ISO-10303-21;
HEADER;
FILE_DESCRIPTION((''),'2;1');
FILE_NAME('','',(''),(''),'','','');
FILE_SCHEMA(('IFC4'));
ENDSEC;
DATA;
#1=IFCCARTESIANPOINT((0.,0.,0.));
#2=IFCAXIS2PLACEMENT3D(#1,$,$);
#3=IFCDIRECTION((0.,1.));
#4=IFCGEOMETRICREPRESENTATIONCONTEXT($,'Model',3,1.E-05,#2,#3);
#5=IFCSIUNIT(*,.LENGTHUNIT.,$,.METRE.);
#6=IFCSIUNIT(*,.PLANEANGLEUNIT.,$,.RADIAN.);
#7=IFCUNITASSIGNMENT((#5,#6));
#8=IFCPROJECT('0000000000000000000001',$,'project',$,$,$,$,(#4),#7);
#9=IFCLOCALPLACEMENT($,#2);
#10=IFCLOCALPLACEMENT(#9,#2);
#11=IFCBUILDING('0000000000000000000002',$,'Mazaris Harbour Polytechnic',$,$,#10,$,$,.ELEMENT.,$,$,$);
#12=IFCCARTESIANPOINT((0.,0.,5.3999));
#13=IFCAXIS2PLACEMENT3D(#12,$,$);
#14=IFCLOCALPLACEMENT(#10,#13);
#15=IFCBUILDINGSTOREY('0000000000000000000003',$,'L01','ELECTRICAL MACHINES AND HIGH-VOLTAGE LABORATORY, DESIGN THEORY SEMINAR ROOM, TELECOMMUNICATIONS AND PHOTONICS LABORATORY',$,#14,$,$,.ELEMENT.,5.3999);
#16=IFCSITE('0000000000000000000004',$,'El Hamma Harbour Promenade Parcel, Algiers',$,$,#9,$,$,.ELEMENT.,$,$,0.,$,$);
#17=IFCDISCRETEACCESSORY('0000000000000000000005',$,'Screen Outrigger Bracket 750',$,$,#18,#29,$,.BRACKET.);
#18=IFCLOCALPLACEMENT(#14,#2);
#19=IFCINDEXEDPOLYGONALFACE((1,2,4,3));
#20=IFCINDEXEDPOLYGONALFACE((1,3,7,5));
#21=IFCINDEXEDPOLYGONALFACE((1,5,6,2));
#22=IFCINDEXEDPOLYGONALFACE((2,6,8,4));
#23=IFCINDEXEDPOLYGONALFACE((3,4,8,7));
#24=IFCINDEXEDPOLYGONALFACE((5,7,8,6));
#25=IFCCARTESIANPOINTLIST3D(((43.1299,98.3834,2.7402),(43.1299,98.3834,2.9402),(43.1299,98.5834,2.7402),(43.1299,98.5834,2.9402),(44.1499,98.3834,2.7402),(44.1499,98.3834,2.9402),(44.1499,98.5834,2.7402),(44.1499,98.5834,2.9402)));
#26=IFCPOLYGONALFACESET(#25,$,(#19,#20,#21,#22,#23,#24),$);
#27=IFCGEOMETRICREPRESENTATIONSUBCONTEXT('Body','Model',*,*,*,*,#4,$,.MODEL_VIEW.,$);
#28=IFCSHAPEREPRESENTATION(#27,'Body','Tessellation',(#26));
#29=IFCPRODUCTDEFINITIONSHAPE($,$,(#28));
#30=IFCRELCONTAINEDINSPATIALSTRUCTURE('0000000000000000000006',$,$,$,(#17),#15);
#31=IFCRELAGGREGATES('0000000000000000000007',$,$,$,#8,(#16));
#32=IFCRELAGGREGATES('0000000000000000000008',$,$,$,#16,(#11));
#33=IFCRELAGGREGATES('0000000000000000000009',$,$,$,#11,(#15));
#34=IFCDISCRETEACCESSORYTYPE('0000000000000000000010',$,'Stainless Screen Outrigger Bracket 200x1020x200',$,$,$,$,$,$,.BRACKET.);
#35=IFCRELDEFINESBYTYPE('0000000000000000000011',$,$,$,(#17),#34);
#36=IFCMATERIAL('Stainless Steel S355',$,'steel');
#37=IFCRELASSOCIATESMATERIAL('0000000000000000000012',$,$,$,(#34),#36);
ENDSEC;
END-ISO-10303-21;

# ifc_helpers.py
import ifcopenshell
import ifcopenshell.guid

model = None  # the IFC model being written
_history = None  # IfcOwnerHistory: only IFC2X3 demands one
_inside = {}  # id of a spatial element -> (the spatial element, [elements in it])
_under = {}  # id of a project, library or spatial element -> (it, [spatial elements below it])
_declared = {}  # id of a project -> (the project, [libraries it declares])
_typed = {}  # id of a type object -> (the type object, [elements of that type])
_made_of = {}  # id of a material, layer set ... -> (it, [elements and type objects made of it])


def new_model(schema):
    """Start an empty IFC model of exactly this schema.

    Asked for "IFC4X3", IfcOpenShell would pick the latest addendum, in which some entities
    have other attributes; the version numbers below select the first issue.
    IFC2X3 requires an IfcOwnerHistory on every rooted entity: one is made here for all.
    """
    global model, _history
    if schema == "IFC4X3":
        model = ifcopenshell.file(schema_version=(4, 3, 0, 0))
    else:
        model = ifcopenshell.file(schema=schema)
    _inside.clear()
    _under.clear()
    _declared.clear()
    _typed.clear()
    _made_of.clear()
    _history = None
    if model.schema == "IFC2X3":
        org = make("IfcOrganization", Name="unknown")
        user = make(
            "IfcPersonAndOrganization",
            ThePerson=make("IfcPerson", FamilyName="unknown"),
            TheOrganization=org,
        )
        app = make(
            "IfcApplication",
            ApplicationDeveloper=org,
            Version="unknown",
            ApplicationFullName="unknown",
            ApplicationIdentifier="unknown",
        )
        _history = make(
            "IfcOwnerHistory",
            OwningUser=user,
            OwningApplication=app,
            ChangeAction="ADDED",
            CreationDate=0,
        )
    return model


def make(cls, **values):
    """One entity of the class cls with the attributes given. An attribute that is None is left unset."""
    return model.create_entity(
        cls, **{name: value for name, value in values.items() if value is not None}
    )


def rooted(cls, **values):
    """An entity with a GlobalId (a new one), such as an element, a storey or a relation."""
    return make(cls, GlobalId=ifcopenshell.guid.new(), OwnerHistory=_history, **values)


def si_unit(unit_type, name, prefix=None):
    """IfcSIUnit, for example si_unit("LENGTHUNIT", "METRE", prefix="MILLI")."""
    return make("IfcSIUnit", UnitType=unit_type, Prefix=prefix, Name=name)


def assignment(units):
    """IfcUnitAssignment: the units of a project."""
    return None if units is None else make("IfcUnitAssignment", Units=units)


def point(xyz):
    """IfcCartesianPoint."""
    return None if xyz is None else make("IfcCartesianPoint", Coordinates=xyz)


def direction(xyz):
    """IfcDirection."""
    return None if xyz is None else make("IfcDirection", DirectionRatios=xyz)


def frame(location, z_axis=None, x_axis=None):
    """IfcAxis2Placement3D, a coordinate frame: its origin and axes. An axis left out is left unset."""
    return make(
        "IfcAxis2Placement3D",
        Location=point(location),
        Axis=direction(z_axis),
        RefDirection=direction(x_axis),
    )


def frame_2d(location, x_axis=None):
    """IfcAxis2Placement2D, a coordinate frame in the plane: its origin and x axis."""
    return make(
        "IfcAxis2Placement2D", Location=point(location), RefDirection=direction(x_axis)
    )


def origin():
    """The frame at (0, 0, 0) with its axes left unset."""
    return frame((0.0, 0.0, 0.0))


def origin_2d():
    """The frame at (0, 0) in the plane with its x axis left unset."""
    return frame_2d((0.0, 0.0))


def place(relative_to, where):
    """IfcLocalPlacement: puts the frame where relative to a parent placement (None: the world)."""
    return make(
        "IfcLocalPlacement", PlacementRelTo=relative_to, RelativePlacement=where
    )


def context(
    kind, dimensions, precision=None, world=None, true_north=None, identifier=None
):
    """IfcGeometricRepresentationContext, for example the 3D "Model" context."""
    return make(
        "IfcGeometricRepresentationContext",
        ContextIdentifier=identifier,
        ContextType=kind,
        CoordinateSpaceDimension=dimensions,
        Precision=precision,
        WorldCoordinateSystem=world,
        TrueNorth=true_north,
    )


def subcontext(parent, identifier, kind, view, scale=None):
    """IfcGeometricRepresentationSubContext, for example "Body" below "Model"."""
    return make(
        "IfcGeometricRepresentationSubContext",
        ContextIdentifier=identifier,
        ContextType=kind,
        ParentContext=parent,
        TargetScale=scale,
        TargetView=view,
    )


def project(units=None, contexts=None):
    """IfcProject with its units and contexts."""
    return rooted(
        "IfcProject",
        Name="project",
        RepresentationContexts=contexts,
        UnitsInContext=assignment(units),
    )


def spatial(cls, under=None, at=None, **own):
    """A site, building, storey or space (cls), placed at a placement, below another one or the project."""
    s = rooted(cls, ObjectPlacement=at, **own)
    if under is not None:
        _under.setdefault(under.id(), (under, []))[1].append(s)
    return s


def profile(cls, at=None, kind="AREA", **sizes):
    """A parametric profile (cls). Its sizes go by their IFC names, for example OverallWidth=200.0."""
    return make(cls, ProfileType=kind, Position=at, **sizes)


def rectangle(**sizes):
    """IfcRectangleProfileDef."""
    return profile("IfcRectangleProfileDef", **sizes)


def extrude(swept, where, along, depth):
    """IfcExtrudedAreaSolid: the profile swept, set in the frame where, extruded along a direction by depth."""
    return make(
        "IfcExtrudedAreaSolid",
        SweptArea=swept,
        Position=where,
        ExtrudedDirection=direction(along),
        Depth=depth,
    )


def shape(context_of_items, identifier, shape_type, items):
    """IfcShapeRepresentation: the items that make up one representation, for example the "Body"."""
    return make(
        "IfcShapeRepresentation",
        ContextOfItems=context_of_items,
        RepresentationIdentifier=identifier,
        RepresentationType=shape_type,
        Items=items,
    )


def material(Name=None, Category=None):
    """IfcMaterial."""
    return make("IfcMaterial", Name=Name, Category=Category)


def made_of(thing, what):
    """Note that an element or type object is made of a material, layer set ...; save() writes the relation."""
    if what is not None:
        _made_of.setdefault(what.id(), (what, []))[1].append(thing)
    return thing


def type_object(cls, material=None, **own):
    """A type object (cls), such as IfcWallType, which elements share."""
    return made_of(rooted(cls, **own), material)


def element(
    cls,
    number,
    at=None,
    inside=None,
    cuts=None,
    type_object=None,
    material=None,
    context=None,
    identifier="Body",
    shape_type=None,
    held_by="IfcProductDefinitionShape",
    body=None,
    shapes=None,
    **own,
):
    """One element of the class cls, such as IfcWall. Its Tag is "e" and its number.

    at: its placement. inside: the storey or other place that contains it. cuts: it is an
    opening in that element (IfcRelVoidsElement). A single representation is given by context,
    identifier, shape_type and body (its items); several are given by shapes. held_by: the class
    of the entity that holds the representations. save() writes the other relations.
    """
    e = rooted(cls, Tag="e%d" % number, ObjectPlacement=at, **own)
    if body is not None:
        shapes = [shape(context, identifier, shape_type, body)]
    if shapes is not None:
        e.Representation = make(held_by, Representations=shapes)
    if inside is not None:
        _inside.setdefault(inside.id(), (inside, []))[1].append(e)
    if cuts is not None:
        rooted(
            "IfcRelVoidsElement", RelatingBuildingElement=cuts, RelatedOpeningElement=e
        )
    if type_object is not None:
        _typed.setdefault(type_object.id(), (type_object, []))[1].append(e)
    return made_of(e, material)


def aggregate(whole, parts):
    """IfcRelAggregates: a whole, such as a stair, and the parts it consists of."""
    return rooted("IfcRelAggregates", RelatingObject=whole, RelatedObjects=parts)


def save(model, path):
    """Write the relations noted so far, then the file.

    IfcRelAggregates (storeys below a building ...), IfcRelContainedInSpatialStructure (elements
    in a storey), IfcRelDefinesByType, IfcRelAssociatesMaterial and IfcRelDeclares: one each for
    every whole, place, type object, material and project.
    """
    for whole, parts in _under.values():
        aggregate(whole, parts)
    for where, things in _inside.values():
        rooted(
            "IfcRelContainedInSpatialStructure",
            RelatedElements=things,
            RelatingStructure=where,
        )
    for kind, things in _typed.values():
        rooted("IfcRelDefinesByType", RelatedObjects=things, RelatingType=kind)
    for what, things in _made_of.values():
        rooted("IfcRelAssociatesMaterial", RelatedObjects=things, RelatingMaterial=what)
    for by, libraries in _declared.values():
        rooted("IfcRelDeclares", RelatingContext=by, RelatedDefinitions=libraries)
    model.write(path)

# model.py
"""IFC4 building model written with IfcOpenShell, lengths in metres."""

from ifc_helpers import new_model, si_unit, direction, frame, origin, origin_2d, place, context, subcontext, project, spatial, rectangle, extrude, material, type_object, element, save


model = new_model("IFC4")

# Units and contexts
model_context = context("Model", 3, precision=1e-05, world=origin(), true_north=direction((0.0, 1.0)))
body_context = subcontext(model_context, "Body", "Model", "MODEL_VIEW")
ifc_project = project(units=[si_unit("LENGTHUNIT", "METRE"), si_unit("PLANEANGLEUNIT", "RADIAN")], contexts=[model_context])

# Site, building, storey
site_placement = place(None, origin())
site = spatial("IfcSite", under=ifc_project, at=site_placement, Name="El Hamma Harbour Promenade Parcel, Algiers", CompositionType="ELEMENT", RefElevation=0.0)
building_placement = place(site_placement, origin())
building = spatial("IfcBuilding", under=site, at=building_placement, Name="Mazaris Harbour Polytechnic", CompositionType="ELEMENT")
storey_placement = place(building_placement, frame((0.0, 0.0, 5.3999)))
storey = spatial("IfcBuildingStorey", under=building, at=storey_placement, Name="L01", Description="ELECTRICAL MACHINES AND HIGH-VOLTAGE LABORATORY, DESIGN THEORY SEMINAR ROOM, TELECOMMUNICATIONS AND PHOTONICS LABORATORY", CompositionType="ELEMENT", Elevation=5.3999)

# Discrete accessory
ifc_material_1 = material(Name="Stainless Steel S355", Category="steel")
discrete_accessory_type = type_object("IfcDiscreteAccessoryType", Name="Stainless Screen Outrigger Bracket 200x1020x200", PredefinedType="BRACKET", material=ifc_material_1)
for number, where, z_axis, x_axis, name in (
    (1, (43.6399, 98.4834, 2.7402), (0.0, 0.0, 1.0), (0.0, -1.0, 0.0), "Screen Outrigger Bracket 750"),
):
    element("IfcDiscreteAccessory", number, at=place(storey_placement, frame(where, z_axis=z_axis, x_axis=x_axis)), inside=storey, type_object=discrete_accessory_type, Name=name, PredefinedType="BRACKET", context=body_context, shape_type="SweptSolid", body=[
        extrude(rectangle(XDim=0.2, YDim=1.02, at=origin_2d()), origin(), (0.0, 0.0, 1.0), 0.2),
    ])

save(model, "model.ifc")
